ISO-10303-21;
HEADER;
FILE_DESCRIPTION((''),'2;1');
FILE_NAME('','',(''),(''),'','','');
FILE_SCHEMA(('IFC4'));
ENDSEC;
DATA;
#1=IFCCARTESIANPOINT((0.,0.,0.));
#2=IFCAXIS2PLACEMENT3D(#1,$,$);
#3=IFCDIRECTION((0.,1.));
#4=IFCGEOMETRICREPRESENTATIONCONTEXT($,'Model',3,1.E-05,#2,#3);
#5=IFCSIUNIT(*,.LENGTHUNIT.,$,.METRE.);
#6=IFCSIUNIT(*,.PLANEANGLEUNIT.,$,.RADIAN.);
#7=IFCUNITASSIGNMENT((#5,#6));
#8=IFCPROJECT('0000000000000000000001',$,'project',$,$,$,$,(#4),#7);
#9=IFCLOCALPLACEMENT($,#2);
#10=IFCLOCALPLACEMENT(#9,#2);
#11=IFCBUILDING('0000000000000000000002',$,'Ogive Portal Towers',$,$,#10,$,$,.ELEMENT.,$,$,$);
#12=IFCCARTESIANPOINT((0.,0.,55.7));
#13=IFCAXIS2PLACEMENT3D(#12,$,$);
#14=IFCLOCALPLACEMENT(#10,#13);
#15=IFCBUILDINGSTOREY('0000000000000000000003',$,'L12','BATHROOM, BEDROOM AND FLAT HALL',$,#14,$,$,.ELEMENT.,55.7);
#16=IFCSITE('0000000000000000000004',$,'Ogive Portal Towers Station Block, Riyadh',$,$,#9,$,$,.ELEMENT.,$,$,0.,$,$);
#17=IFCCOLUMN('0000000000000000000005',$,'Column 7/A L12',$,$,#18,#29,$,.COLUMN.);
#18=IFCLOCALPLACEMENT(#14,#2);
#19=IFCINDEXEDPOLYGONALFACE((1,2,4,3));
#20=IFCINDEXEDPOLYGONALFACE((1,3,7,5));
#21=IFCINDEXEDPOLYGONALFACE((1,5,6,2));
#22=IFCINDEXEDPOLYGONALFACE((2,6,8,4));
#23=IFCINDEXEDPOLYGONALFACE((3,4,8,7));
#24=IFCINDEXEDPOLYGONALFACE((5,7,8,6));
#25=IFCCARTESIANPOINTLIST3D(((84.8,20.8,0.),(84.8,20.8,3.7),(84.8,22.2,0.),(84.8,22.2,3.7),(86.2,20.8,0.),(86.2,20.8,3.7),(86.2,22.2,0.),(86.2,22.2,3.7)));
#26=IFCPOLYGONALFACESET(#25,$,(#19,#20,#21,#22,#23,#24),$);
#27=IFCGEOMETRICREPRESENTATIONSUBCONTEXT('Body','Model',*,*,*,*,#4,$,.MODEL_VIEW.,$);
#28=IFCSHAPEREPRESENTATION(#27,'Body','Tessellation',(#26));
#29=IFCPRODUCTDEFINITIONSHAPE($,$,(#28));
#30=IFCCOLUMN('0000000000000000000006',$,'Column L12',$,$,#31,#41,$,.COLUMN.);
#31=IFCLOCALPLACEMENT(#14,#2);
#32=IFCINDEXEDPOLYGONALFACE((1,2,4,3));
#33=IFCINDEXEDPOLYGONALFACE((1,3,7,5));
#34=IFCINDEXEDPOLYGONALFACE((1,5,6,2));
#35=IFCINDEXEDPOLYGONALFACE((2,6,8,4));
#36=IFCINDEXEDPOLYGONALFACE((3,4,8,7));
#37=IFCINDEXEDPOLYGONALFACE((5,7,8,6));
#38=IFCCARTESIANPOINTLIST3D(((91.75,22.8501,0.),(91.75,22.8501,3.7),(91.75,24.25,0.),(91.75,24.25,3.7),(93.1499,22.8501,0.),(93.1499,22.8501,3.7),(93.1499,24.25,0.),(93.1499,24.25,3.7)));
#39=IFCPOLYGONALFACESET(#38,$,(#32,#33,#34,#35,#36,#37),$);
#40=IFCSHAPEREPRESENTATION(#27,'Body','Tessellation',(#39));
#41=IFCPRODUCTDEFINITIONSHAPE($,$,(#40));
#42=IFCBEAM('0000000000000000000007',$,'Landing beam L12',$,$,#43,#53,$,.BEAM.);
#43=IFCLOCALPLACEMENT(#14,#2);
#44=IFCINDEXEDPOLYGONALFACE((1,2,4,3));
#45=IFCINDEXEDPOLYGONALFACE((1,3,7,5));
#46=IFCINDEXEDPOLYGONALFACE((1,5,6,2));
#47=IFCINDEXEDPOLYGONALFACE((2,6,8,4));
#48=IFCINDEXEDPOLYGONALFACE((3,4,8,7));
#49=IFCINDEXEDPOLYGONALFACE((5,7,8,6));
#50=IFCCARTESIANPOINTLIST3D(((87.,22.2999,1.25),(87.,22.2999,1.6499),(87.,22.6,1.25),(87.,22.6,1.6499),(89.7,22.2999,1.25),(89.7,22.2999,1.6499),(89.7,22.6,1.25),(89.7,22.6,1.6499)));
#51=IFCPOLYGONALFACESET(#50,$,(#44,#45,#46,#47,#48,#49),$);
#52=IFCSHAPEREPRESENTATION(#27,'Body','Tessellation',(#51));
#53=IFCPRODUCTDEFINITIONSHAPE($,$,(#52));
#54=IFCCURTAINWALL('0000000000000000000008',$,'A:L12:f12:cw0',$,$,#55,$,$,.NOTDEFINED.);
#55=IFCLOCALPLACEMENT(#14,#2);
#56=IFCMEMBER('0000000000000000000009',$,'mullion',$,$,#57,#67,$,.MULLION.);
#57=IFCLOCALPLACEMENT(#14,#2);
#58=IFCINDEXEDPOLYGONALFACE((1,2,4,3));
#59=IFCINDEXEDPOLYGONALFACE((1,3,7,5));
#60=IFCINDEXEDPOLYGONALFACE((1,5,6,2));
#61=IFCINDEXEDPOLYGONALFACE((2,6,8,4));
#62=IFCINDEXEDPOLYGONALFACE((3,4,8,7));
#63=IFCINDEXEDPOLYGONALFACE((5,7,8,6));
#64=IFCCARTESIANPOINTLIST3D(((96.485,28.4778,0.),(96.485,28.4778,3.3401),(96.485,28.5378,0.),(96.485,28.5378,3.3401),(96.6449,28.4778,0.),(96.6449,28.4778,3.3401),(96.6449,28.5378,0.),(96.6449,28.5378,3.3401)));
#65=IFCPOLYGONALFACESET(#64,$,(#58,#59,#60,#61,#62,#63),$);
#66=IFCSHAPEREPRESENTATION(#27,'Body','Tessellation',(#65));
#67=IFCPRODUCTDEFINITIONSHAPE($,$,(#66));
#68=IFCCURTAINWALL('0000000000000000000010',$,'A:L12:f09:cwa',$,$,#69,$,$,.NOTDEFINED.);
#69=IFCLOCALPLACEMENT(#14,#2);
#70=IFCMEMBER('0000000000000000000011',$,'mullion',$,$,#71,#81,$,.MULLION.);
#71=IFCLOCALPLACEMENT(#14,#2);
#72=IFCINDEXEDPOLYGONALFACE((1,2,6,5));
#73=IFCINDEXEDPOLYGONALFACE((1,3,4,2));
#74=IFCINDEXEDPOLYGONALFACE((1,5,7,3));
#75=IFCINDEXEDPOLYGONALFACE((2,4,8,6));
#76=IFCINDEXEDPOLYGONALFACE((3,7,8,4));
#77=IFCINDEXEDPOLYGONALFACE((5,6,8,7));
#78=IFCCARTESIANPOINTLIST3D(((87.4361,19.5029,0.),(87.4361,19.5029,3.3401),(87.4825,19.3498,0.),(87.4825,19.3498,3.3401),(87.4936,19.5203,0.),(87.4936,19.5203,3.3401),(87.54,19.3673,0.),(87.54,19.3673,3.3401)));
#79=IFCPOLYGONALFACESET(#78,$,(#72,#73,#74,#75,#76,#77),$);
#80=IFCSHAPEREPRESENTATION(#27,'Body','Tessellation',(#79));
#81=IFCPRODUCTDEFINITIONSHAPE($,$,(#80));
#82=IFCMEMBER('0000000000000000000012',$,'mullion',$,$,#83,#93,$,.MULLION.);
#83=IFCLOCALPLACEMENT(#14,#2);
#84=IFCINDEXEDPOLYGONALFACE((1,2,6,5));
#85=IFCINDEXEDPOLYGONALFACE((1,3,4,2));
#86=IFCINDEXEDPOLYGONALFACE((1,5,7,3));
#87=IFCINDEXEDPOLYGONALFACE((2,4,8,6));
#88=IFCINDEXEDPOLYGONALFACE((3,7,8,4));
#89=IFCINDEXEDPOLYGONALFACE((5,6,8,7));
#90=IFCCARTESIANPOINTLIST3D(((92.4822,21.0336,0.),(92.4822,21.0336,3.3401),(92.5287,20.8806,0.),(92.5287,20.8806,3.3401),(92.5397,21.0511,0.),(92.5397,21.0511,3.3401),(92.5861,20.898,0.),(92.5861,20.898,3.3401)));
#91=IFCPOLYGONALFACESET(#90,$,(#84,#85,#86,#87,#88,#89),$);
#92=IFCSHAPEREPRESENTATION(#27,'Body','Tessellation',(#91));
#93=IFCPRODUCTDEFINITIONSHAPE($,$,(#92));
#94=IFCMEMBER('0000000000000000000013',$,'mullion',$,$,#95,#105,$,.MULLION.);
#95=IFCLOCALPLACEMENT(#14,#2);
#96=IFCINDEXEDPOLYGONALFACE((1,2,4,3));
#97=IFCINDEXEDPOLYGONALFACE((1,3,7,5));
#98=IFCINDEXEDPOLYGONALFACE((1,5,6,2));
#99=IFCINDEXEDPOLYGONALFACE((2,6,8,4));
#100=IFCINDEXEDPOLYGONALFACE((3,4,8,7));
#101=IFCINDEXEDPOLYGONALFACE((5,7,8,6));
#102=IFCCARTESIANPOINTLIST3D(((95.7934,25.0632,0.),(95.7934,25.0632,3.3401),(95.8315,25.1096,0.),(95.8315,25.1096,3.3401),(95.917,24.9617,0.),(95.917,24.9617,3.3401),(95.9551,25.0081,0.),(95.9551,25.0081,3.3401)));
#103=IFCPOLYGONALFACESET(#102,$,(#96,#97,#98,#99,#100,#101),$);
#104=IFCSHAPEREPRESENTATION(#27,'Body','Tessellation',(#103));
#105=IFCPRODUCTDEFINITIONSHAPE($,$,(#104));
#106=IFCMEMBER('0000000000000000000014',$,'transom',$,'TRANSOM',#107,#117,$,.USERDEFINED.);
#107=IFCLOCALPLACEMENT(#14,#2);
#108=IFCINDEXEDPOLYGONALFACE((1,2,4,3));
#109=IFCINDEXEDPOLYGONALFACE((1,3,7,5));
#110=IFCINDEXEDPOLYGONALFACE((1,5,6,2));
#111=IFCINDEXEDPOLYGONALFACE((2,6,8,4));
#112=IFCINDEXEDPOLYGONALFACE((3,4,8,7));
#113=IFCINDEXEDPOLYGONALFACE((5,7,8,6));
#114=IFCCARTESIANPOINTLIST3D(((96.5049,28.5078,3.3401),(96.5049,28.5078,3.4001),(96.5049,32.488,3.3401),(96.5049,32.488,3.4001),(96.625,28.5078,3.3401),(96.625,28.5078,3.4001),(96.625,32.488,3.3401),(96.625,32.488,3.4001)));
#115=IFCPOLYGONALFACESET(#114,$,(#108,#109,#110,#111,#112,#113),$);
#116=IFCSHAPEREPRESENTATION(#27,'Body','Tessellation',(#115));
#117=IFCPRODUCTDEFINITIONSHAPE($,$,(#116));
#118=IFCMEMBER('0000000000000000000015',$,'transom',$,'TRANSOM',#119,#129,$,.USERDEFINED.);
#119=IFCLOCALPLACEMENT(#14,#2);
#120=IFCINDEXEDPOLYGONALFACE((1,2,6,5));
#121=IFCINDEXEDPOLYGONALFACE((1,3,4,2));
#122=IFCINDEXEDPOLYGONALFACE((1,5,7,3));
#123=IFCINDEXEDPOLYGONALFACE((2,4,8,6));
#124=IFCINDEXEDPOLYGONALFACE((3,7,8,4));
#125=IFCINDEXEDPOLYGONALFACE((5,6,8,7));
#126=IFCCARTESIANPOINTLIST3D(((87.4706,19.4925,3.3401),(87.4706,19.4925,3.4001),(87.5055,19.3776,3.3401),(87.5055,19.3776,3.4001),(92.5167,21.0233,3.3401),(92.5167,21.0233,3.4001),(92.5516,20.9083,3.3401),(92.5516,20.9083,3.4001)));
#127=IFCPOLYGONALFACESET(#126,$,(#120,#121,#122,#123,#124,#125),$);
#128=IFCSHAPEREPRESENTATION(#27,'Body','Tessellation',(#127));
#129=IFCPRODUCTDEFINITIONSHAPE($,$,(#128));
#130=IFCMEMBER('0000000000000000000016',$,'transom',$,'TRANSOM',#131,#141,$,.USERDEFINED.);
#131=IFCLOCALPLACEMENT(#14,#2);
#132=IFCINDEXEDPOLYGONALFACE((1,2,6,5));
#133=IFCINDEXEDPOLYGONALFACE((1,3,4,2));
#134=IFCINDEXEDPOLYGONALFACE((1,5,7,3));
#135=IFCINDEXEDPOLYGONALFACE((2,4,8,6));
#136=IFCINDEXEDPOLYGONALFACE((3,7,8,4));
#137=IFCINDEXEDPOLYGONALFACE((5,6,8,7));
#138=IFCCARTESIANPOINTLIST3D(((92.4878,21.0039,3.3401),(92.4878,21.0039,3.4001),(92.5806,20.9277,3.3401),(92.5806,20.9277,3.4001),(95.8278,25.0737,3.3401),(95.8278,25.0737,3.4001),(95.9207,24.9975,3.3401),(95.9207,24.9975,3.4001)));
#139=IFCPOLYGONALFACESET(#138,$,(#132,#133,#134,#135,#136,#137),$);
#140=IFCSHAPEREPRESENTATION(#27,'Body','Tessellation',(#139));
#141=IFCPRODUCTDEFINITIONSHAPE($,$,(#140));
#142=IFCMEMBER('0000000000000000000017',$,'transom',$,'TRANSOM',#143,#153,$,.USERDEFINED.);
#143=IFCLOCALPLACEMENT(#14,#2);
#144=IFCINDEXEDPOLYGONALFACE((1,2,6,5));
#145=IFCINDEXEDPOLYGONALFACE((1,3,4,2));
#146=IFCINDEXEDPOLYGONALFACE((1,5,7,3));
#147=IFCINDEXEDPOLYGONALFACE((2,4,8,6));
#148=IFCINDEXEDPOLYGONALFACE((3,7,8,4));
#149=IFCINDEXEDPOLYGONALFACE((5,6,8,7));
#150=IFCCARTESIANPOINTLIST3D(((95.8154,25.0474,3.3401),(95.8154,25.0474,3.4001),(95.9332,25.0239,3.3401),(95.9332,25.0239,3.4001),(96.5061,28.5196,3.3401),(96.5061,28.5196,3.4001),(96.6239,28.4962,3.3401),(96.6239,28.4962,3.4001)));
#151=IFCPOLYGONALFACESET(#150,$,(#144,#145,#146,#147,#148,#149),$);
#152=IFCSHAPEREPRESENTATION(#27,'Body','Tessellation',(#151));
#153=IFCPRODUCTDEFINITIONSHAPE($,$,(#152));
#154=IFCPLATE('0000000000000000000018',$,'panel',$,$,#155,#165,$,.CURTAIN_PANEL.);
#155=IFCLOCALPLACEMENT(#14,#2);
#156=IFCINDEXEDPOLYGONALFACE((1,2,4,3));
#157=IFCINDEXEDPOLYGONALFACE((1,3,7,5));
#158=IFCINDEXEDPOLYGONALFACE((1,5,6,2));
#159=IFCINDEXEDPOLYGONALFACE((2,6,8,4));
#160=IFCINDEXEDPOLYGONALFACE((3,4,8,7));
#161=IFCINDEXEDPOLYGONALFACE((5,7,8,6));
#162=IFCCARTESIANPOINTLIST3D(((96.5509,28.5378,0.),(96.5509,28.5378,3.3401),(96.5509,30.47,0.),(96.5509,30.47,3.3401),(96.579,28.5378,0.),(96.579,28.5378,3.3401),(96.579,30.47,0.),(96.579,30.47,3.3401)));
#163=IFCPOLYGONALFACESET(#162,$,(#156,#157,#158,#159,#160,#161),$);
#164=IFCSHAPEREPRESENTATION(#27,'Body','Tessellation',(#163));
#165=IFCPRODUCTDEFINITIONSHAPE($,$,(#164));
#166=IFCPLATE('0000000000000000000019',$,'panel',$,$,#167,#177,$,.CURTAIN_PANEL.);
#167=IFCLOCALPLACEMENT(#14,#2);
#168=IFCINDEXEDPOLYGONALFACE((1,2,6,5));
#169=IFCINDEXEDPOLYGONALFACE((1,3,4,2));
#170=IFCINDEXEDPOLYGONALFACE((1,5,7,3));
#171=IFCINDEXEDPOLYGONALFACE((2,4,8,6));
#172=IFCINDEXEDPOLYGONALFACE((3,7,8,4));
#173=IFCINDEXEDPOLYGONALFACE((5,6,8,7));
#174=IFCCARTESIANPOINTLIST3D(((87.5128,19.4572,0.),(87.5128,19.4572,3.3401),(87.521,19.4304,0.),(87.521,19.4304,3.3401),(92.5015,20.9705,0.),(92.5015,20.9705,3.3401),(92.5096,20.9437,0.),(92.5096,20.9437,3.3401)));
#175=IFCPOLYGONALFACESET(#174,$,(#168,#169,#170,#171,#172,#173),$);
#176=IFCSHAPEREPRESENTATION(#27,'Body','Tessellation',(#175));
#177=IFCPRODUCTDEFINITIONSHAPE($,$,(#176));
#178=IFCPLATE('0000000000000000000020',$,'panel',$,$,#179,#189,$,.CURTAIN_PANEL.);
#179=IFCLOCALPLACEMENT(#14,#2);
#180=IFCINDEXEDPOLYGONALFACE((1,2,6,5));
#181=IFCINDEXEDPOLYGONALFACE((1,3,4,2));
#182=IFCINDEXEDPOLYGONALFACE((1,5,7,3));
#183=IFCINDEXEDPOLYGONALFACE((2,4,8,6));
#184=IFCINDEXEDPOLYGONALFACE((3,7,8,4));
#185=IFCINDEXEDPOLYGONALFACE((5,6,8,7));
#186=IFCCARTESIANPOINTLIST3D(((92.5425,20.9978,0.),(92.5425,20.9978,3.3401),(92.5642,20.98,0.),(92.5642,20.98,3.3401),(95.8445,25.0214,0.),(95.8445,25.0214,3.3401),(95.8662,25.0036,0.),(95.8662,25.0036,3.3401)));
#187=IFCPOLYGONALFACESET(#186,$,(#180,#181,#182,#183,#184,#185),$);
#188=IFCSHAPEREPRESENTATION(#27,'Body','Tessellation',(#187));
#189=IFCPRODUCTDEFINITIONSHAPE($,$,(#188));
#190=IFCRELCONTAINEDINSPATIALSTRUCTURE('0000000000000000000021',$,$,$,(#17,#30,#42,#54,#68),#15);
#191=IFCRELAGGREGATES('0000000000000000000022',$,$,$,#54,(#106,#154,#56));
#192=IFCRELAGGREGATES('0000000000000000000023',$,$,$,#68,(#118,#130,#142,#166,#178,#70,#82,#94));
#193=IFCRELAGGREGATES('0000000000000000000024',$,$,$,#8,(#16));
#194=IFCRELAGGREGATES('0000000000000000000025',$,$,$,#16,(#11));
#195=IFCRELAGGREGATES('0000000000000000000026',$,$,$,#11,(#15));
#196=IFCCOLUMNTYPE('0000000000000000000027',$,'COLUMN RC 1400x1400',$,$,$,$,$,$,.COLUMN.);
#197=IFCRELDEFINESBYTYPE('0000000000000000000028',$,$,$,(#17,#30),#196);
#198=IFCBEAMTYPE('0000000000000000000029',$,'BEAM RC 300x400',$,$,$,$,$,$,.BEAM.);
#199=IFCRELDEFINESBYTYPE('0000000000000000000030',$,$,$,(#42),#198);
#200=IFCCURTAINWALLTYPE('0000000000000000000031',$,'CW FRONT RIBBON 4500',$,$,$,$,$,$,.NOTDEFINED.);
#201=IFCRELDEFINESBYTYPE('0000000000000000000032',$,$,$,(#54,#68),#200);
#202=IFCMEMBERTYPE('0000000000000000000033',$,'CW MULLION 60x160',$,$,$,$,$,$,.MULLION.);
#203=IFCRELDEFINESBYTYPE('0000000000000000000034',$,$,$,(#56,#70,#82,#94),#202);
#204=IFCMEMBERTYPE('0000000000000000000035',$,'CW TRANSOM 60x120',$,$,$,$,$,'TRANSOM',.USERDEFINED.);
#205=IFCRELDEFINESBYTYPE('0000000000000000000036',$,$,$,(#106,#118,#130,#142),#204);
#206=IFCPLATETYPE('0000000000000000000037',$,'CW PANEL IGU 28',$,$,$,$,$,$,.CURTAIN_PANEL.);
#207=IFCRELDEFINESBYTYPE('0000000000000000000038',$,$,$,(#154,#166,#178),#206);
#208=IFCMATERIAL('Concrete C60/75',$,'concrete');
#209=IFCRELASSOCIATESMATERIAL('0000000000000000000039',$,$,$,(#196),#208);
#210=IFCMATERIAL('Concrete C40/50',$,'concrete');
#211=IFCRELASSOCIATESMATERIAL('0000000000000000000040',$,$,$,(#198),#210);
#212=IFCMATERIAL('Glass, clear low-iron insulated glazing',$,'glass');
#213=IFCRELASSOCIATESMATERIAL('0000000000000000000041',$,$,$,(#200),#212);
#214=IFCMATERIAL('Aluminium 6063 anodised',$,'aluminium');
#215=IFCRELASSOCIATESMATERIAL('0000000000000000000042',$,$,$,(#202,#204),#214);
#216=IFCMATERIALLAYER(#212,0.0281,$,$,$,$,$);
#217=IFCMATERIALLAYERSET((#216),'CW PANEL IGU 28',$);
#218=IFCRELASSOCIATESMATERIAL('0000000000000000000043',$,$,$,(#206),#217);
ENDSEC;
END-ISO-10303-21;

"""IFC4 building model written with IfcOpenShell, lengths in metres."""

from ifc_helpers import new_model, si_unit, direction, frame, origin, origin_2d, place, context, subcontext, project, spatial, rectangle, extrude, material, layer, layer_set, material_profile, profile_set, type_object, element, aggregate, save


model = new_model("IFC4")

# Units and contexts
model_context = context("Model", 3, precision=1e-05, world=origin(), true_north=direction((0.0, 1.0)))
body_context = subcontext(model_context, "Body", "Model", "MODEL_VIEW")
ifc_project = project(units=[si_unit("LENGTHUNIT", "METRE"), si_unit("PLANEANGLEUNIT", "RADIAN")], contexts=[model_context])

# Site, building, storey
site_placement = place(None, origin())
site = spatial("IfcSite", under=ifc_project, at=site_placement, Name="Ogive Portal Towers Station Block, Riyadh", CompositionType="ELEMENT", RefElevation=0.0)
building_placement = place(site_placement, origin())
building = spatial("IfcBuilding", under=site, at=building_placement, Name="Ogive Portal Towers", CompositionType="ELEMENT")
storey_placement = place(building_placement, frame((0.0, 0.0, 55.7)))
storey = spatial("IfcBuildingStorey", under=building, at=storey_placement, Name="L12", Description="BATHROOM, BEDROOM AND FLAT HALL", CompositionType="ELEMENT", Elevation=55.7)

# Columns
ifc_material_1 = material(Name="Concrete C60/75", Category="concrete")
ifc_material_profile_1 = material_profile(ifc_material_1, rectangle(XDim=1.3999, YDim=1.3999, at=origin_2d()), Name="RC 1400x1400")
ifc_profile_set_1 = profile_set([ifc_material_profile_1], Name="Concrete C60/75")
column_type = type_object("IfcColumnType", Name="COLUMN RC 1400x1400", PredefinedType="COLUMN", material=ifc_profile_set_1)
for number, where, z_axis, x_axis, name in (
    (1, (85.5, 21.5, 0.0), (0.0, 0.0, 1.0), (1.0, 0.0, 0.0), "Column 7/A L12"),
    (2, (92.45, 23.55, 0.0), (0.0, 0.0, 1.0), (1.0, 0.0, 0.0), "Column L12"),
):
    element("IfcColumn", number, at=place(storey_placement, frame(where, z_axis=z_axis, x_axis=x_axis)), inside=storey, type_object=column_type, Name=name, PredefinedType="COLUMN", context=body_context, shape_type="SweptSolid", body=[
        extrude(rectangle(XDim=1.3999, YDim=1.3999, at=origin_2d()), origin(), (0.0, 0.0, 1.0), 3.7),
    ])

# Beam
ifc_material_2 = material(Name="Concrete C40/50", Category="concrete")
ifc_material_profile_2 = material_profile(ifc_material_2, rectangle(XDim=0.3, YDim=0.3999, at=origin_2d()), Name="RC 300x400")
ifc_profile_set_2 = profile_set([ifc_material_profile_2], Name="Concrete C40/50")
beam_type = type_object("IfcBeamType", Name="BEAM RC 300x400", PredefinedType="BEAM", material=ifc_profile_set_2)
beam_placement = place(storey_placement, frame((87.0, 22.45, 1.45), z_axis=(1.0, 0.0, 0.0), x_axis=(0.0, 1.0, 0.0)))
element("IfcBeam", 3, at=beam_placement, inside=storey, type_object=beam_type, Name="Landing beam L12", PredefinedType="BEAM", context=body_context, shape_type="SweptSolid", body=[
    extrude(rectangle(XDim=0.3, YDim=0.3999, at=origin_2d()), origin(), (0.0, 0.0, 1.0), 2.7),
])

# Curtain wall, member
ifc_material_3 = material(Name="Glass, clear low-iron insulated glazing", Category="glass")
curtain_wall_type = type_object("IfcCurtainWallType", Name="CW FRONT RIBBON 4500", PredefinedType="NOTDEFINED", material=ifc_material_3)
curtain_wall_1_placement = place(storey_placement, origin())
curtain_wall_1 = element("IfcCurtainWall", 4, at=curtain_wall_1_placement, inside=storey, type_object=curtain_wall_type, Name="A:L12:f12:cw0", PredefinedType="NOTDEFINED")
ifc_material_4 = material(Name="Aluminium 6063 anodised", Category="aluminium")
ifc_material_profile_3 = material_profile(ifc_material_4, rectangle(XDim=0.1599, YDim=0.0601, at=origin_2d()), Name="AL 60x160")
ifc_profile_set_3 = profile_set([ifc_material_profile_3], Name="Aluminium 6063 anodised")
member_type_1 = type_object("IfcMemberType", Name="CW MULLION 60x160", PredefinedType="MULLION", material=ifc_profile_set_3)
member_1_placement = place(storey_placement, frame((96.5649, 28.5078, 0.0), z_axis=(0.0, 0.0, 1.0), x_axis=(-1.0, 0.0, 0.0)))
member_1 = element("IfcMember", 5, at=member_1_placement, type_object=member_type_1, Name="mullion", PredefinedType="MULLION", context=body_context, shape_type="SweptSolid", body=[
    extrude(rectangle(XDim=0.1599, YDim=0.0601, at=origin_2d()), origin(), (0.0, 0.0, 1.0), 3.3401),
])

# Curtain wall, members
curtain_wall_2_placement = place(storey_placement, origin())
curtain_wall_2 = element("IfcCurtainWall", 6, at=curtain_wall_2_placement, inside=storey, type_object=curtain_wall_type, Name="A:L12:f09:cwa", PredefinedType="NOTDEFINED")
member_2_placement = place(storey_placement, frame((87.488, 19.4351, 0.0), z_axis=(0.0, 0.0, 1.0), x_axis=(-0.290285, 0.95694, 0.0)))
member_2 = element("IfcMember", 7, at=member_2_placement, type_object=member_type_1, Name="mullion", PredefinedType="MULLION", context=body_context, shape_type="SweptSolid", body=[
    extrude(rectangle(XDim=0.1599, YDim=0.0601, at=origin_2d()), origin(), (0.0, 0.0, 1.0), 3.3401),
])
member_3_placement = place(storey_placement, frame((92.5342, 20.9658, 0.0), z_axis=(0.0, 0.0, 1.0), x_axis=(-0.290285, 0.95694, 0.0)))
member_3 = element("IfcMember", 8, at=member_3_placement, type_object=member_type_1, Name="mullion", PredefinedType="MULLION", context=body_context, shape_type="SweptSolid", body=[
    extrude(rectangle(XDim=0.1599, YDim=0.0601, at=origin_2d()), origin(), (0.0, 0.0, 1.0), 3.3401),
])
member_4_placement = place(storey_placement, frame((95.8743, 25.0356, 0.0), z_axis=(0.0, 0.0, 1.0), x_axis=(-0.77301, 0.634393, 0.0)))
member_4 = element("IfcMember", 9, at=member_4_placement, type_object=member_type_1, Name="mullion", PredefinedType="MULLION", context=body_context, shape_type="SweptSolid", body=[
    extrude(rectangle(XDim=0.1599, YDim=0.0601, at=origin_2d()), origin(), (0.0, 0.0, 1.0), 3.3401),
])

# Members
ifc_material_profile_4 = material_profile(ifc_material_4, rectangle(XDim=0.1201, YDim=0.0601, at=origin_2d()), Name="AL 120x60")
ifc_profile_set_4 = profile_set([ifc_material_profile_4], Name="Aluminium 6063 anodised")
member_type_2 = type_object("IfcMemberType", Name="CW TRANSOM 60x120", ElementType="TRANSOM", PredefinedType="USERDEFINED", material=ifc_profile_set_4)
member_5_placement = place(storey_placement, frame((96.5649, 28.5078, 3.3701), z_axis=(0.0, 1.0, 0.0), x_axis=(-1.0, 0.0, 0.0)))
member_5 = element("IfcMember", 10, at=member_5_placement, type_object=member_type_2, Name="transom", ObjectType="TRANSOM", PredefinedType="USERDEFINED", context=body_context, shape_type="SweptSolid", body=[
    extrude(rectangle(XDim=0.1201, YDim=0.0601, at=origin_2d()), origin(), (0.0, 0.0, 1.0), 3.9802),
])
member_6_placement = place(storey_placement, frame((87.488, 19.4351, 3.3701), z_axis=(0.956939, 0.29029, 0.0), x_axis=(-0.29029, 0.956939, 0.0)))
member_6 = element("IfcMember", 11, at=member_6_placement, type_object=member_type_2, Name="transom", ObjectType="TRANSOM", PredefinedType="USERDEFINED", context=body_context, shape_type="SweptSolid", body=[
    extrude(rectangle(XDim=0.1201, YDim=0.0601, at=origin_2d()), origin(), (0.0, 0.0, 1.0), 5.2732),
])
member_7_placement = place(storey_placement, frame((92.5342, 20.9658, 3.3701), z_axis=(0.634401, 0.773004, 0.0), x_axis=(-0.773004, 0.634401, 0.0)))
member_7 = element("IfcMember", 12, at=member_7_placement, type_object=member_type_2, Name="transom", ObjectType="TRANSOM", PredefinedType="USERDEFINED", context=body_context, shape_type="SweptSolid", body=[
    extrude(rectangle(XDim=0.1201, YDim=0.0601, at=origin_2d()), origin(), (0.0, 0.0, 1.0), 5.2649),
])
member_8_placement = place(storey_placement, frame((95.8743, 25.0356, 3.3701), z_axis=(0.195095, 0.980784, 0.0), x_axis=(-0.980784, 0.195095, 0.0)))
member_8 = element("IfcMember", 13, at=member_8_placement, type_object=member_type_2, Name="transom", ObjectType="TRANSOM", PredefinedType="USERDEFINED", context=body_context, shape_type="SweptSolid", body=[
    extrude(rectangle(XDim=0.1201, YDim=0.0601, at=origin_2d()), origin(), (0.0, 0.0, 1.0), 3.5403),
])

# Plates
ifc_layer_1 = layer(ifc_material_3, 0.0281)
ifc_layer_set_1 = layer_set([ifc_layer_1], Name="CW PANEL IGU 28")
plate_type = type_object("IfcPlateType", Name="CW PANEL IGU 28", PredefinedType="CURTAIN_PANEL", material=ifc_layer_set_1)
plate_1_placement = place(storey_placement, frame((96.5649, 29.5039, 0.0), z_axis=(0.0, 0.0, 1.0), x_axis=(0.0, 1.0, 0.0)))
plate_1 = element("IfcPlate", 14, at=plate_1_placement, type_object=plate_type, Name="panel", PredefinedType="CURTAIN_PANEL", context=body_context, shape_type="SweptSolid", body=[
    extrude(rectangle(XDim=1.9321, YDim=0.0281, at=origin_2d()), origin(), (0.0, 0.0, 1.0), 3.3401),
])
aggregate(curtain_wall_1, [member_5, plate_1, member_1])
plate_2_placement = place(storey_placement, frame((90.0112, 20.2004, 0.0), z_axis=(0.0, 0.0, 1.0), x_axis=(0.95694, 0.290285, 0.0)))
plate_2 = element("IfcPlate", 15, at=plate_2_placement, type_object=plate_type, Name="panel", PredefinedType="CURTAIN_PANEL", context=body_context, shape_type="SweptSolid", body=[
    extrude(rectangle(XDim=5.2131, YDim=0.0281, at=origin_2d()), origin(), (0.0, 0.0, 1.0), 3.3401),
])
plate_3_placement = place(storey_placement, frame((94.2043, 23.0007, 0.0), z_axis=(0.0, 0.0, 1.0), x_axis=(0.634393, 0.77301, 0.0)))
plate_3 = element("IfcPlate", 16, at=plate_3_placement, type_object=plate_type, Name="panel", PredefinedType="CURTAIN_PANEL", context=body_context, shape_type="SweptSolid", body=[
    extrude(rectangle(XDim=5.2051, YDim=0.0281, at=origin_2d()), origin(), (0.0, 0.0, 1.0), 3.3401),
])
aggregate(curtain_wall_2, [member_6, member_7, member_8, plate_2, plate_3, member_2, member_3, member_4])

save(model, "model.ifc")
